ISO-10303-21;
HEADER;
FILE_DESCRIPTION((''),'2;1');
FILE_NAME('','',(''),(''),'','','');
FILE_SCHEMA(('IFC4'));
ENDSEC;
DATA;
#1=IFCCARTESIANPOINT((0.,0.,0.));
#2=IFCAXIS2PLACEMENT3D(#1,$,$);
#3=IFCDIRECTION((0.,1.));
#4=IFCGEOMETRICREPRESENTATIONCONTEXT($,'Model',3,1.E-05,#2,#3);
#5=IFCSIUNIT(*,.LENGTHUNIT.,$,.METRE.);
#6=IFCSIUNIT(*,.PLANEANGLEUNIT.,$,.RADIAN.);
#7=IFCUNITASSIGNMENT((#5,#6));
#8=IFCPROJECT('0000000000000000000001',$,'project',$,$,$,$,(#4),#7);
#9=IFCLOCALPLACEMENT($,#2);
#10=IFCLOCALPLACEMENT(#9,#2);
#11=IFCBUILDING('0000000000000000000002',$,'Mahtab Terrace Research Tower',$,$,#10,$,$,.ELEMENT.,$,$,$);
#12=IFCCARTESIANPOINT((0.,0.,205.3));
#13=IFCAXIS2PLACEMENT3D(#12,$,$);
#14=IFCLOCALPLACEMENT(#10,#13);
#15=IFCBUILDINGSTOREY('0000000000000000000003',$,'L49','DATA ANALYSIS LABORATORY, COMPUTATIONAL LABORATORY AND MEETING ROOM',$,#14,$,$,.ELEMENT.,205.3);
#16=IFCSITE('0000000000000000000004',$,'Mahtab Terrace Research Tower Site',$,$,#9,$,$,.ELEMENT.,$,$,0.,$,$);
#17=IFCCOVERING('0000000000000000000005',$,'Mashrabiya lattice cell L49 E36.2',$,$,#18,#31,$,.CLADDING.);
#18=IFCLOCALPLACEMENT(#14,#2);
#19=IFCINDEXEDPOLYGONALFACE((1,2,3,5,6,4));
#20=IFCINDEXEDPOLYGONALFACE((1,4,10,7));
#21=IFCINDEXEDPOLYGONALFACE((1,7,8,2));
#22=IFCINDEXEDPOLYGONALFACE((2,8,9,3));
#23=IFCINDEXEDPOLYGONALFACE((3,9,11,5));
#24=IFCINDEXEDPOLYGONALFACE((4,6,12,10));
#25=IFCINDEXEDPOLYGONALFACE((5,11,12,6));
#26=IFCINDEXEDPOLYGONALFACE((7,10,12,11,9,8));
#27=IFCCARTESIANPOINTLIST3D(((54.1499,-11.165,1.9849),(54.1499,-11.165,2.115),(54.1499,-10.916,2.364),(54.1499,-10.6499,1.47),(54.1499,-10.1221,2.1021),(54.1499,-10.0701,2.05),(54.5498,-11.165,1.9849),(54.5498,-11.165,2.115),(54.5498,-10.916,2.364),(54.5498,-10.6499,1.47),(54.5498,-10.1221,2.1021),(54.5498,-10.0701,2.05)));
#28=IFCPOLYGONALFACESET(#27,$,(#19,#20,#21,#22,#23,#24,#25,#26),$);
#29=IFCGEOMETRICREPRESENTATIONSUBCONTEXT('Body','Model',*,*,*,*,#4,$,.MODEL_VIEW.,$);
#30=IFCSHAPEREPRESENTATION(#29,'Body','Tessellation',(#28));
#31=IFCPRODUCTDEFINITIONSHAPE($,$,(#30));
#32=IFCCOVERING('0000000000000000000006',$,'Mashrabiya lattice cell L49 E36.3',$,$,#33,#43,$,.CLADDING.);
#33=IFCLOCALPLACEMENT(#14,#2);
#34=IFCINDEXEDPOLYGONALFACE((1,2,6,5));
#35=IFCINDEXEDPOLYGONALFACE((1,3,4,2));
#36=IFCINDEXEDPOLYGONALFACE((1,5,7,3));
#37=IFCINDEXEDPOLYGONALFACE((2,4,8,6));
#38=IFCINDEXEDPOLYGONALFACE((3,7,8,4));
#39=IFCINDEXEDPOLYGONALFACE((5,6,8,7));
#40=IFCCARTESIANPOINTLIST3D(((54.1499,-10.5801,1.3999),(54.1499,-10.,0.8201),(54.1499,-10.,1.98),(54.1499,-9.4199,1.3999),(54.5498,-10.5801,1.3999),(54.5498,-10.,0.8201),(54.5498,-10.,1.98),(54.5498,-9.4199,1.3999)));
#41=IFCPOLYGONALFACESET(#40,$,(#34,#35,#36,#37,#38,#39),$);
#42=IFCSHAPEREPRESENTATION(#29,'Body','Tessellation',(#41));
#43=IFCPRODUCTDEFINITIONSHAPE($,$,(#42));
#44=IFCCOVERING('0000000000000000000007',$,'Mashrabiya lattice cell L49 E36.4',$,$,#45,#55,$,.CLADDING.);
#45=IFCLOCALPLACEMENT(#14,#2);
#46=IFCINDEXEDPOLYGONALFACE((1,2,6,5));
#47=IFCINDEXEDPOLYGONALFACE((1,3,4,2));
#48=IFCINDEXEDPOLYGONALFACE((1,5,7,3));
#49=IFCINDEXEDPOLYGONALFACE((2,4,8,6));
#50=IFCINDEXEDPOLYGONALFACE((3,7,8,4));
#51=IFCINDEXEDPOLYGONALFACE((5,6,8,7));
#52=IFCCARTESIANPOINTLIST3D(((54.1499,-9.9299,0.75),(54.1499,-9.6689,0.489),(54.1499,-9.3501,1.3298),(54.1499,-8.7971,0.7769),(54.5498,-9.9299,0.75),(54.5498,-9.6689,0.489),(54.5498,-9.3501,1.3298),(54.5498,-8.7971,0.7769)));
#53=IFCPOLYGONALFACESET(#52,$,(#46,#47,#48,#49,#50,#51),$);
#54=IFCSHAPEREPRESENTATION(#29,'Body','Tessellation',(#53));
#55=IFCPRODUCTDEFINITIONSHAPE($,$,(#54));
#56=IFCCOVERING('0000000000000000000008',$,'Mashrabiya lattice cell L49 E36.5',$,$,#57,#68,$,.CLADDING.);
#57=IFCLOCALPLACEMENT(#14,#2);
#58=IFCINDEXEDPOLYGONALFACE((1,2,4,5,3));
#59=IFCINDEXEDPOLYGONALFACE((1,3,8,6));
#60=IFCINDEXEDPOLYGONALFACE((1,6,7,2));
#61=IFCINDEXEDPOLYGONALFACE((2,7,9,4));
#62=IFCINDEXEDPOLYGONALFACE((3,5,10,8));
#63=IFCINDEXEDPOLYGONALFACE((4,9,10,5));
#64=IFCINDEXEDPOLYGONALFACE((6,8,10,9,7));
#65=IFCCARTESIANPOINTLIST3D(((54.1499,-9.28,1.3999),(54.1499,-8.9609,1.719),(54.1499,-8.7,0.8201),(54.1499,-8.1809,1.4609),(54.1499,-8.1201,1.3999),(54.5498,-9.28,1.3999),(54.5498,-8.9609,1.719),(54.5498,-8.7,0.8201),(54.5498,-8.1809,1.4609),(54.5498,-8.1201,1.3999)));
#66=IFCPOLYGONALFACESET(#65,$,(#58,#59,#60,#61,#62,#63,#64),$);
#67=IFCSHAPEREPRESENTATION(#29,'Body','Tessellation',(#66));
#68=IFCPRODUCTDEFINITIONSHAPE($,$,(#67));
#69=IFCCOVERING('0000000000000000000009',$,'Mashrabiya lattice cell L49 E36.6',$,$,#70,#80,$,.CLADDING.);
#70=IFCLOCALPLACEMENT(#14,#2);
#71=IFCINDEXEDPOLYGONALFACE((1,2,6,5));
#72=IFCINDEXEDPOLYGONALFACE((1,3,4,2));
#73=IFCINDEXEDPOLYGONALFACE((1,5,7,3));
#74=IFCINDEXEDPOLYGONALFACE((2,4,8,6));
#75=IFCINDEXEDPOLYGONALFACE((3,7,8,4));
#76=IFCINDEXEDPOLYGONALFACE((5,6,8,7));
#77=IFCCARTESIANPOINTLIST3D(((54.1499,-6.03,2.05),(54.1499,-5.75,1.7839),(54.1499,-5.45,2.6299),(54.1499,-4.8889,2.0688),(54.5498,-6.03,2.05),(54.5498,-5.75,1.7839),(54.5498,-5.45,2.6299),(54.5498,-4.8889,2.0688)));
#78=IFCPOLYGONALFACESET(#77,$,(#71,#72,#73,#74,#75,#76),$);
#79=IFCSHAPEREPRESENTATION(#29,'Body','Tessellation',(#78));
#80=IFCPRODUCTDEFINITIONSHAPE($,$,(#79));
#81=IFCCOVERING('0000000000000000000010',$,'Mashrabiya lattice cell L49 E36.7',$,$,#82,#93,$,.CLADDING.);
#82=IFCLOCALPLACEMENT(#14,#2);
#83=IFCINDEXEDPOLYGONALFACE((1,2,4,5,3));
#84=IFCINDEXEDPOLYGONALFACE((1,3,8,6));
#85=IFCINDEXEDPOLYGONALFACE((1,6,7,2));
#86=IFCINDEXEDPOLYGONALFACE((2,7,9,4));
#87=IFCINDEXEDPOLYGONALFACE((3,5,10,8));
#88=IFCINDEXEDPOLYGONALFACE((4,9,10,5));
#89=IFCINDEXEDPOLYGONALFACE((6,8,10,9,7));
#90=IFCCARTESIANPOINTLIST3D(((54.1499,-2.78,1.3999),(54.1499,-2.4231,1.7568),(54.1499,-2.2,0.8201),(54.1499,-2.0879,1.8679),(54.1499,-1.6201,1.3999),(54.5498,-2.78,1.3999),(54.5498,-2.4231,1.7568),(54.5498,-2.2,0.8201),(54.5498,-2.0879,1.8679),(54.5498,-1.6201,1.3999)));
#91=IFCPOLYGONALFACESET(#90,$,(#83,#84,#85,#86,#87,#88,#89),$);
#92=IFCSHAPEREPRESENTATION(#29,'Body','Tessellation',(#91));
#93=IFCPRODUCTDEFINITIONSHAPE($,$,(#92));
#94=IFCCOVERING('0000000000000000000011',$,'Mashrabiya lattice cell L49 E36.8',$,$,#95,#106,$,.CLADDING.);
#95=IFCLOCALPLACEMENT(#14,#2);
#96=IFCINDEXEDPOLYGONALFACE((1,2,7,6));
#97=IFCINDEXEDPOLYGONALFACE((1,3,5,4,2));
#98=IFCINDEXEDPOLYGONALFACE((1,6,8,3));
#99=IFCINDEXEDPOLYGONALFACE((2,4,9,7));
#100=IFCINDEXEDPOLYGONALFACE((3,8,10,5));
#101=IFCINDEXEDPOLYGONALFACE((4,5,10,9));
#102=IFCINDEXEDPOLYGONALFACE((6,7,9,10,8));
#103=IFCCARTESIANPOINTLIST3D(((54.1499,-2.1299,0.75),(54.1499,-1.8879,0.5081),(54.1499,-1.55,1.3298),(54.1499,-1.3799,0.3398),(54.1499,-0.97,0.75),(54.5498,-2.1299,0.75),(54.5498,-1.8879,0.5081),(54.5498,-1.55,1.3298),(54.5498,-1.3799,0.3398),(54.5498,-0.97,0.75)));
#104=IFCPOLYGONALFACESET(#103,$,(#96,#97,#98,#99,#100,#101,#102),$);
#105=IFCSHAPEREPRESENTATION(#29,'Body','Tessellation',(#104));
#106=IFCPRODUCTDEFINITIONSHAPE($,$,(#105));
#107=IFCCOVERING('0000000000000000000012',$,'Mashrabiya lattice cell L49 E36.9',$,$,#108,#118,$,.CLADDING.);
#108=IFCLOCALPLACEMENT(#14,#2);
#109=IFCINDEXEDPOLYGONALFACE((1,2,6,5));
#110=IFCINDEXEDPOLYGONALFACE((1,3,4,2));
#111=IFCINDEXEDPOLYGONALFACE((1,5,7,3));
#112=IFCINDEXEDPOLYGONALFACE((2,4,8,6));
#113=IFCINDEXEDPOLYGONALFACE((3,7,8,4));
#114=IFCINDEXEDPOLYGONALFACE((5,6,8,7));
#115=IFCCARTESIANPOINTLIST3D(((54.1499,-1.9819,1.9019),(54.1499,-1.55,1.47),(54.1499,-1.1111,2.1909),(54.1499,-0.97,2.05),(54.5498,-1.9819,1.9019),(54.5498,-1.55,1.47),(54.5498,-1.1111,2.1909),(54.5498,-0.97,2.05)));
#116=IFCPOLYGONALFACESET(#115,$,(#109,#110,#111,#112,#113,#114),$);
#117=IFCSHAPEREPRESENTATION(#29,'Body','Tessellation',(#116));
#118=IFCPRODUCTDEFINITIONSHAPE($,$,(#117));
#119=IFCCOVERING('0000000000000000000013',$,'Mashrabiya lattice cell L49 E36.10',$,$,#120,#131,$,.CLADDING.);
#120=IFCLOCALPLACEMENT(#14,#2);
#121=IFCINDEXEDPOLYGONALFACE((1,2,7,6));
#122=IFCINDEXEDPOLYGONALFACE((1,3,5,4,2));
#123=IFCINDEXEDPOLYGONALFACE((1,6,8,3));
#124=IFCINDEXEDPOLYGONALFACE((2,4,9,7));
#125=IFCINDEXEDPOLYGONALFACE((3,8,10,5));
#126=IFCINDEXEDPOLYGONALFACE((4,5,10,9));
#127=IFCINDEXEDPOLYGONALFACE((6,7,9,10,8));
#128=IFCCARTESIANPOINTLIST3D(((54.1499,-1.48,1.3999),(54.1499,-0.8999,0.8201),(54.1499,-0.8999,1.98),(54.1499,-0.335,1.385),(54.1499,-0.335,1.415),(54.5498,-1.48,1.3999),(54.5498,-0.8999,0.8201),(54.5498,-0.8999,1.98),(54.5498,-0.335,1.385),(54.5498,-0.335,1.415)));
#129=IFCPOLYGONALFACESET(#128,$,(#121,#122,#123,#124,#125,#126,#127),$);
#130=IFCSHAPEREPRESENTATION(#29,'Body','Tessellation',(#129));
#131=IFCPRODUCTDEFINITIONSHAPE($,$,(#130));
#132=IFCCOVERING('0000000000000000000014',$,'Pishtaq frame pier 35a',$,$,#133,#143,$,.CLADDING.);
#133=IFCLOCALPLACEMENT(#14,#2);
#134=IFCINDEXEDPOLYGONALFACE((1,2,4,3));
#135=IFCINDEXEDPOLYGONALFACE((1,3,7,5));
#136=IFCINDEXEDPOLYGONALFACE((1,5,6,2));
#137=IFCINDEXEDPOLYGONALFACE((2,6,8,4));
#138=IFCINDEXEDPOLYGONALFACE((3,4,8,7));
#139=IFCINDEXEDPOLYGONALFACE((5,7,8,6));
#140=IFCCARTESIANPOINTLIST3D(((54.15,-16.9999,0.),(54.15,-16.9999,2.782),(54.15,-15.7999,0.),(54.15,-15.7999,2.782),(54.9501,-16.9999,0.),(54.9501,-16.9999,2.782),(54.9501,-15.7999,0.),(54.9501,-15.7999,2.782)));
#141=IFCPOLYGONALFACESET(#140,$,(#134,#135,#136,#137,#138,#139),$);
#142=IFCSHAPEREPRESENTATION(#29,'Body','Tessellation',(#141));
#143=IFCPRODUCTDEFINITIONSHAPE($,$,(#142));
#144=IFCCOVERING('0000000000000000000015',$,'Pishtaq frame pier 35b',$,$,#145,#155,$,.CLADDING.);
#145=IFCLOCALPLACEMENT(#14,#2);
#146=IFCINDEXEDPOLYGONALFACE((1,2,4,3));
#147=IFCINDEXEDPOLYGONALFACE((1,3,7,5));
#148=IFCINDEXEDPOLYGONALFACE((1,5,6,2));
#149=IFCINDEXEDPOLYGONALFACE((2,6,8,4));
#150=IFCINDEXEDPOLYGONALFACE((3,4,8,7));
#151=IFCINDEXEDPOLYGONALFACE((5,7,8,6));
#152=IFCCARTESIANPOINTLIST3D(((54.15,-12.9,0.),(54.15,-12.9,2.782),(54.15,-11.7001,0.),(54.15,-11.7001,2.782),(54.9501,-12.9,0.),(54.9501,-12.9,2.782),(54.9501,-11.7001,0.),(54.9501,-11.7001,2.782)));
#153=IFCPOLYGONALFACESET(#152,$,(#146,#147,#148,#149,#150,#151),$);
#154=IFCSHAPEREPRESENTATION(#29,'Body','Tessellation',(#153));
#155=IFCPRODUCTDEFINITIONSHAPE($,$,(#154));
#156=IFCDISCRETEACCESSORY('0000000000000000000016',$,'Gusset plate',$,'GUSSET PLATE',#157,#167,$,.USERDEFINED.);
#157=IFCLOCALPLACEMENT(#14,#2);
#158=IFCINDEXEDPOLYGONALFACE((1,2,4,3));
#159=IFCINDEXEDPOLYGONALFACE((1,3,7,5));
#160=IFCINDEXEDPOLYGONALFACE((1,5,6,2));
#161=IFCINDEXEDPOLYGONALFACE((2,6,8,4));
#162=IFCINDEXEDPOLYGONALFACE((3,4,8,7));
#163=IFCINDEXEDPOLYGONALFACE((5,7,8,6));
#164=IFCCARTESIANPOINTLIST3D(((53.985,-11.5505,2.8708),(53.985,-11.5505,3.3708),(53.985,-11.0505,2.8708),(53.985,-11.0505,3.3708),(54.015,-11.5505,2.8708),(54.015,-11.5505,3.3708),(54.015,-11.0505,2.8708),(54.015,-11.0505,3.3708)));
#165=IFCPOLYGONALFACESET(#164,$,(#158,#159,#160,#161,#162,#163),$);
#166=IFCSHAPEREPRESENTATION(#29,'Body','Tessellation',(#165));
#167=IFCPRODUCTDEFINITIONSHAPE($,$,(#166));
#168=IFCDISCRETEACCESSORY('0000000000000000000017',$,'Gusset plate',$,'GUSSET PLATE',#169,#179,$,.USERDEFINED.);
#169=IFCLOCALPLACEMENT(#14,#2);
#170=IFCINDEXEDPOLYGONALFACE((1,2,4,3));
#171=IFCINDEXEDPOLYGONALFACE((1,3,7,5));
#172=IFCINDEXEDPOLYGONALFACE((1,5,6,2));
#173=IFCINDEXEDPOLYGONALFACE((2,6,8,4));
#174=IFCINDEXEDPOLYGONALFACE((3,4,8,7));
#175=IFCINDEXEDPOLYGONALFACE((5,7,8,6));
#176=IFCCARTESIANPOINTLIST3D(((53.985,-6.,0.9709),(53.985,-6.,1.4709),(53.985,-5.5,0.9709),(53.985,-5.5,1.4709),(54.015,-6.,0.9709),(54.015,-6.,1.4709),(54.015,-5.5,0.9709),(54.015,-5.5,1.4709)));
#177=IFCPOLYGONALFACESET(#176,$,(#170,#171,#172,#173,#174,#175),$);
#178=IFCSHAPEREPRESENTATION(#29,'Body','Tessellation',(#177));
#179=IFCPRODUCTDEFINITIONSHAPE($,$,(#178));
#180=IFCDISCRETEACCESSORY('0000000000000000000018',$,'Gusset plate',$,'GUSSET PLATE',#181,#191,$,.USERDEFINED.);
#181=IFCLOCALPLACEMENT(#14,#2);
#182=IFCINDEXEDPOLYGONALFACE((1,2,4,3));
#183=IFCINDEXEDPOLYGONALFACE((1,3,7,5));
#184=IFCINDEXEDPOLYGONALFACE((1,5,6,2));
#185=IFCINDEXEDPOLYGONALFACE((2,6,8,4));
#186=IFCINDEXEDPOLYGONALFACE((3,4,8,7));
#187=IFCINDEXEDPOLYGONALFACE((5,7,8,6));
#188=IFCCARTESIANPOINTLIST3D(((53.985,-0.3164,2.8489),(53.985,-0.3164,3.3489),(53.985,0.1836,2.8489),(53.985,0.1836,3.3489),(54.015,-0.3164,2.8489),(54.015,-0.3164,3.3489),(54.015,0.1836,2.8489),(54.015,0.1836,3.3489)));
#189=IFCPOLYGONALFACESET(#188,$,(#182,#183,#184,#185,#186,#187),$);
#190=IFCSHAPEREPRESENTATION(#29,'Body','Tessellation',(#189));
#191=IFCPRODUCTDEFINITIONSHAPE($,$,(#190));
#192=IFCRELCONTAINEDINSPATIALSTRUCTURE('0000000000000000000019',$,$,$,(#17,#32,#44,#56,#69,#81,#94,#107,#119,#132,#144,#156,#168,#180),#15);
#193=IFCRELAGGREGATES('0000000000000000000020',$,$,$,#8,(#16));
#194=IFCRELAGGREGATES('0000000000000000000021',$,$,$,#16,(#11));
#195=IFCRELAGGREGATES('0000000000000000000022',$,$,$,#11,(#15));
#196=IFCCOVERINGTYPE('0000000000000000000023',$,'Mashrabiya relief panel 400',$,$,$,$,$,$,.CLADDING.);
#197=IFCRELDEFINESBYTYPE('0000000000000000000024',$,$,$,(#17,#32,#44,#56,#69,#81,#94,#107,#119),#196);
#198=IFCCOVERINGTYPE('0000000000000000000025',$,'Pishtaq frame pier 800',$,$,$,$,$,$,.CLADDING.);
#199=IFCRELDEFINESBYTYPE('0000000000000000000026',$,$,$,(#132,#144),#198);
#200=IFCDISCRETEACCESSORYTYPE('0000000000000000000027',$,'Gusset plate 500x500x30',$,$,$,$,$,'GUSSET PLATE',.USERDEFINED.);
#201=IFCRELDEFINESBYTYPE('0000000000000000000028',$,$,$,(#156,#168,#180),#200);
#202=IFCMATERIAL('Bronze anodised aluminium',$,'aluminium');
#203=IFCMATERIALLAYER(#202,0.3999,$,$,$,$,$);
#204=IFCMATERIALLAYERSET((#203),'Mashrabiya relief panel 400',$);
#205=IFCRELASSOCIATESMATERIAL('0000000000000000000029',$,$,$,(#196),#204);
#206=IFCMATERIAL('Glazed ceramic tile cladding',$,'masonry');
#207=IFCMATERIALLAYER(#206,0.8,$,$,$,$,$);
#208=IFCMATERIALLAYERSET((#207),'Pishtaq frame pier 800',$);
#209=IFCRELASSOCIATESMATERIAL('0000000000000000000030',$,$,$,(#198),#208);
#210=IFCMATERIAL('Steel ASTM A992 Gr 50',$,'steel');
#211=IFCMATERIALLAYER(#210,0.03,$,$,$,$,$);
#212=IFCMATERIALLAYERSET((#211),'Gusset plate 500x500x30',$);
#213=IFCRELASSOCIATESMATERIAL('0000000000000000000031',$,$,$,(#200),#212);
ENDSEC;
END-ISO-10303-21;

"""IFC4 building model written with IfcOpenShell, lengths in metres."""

from ifc_helpers import new_model, si_unit, direction, frame, origin, origin_2d, place, context, subcontext, project, spatial, polyline, rectangle, outline, extrude, material, layer, layer_set, type_object, element, save


model = new_model("IFC4")

# Units and contexts
model_context = context("Model", 3, precision=1e-05, world=origin(), true_north=direction((0.0, 1.0)))
body_context = subcontext(model_context, "Body", "Model", "MODEL_VIEW")
ifc_project = project(units=[si_unit("LENGTHUNIT", "METRE"), si_unit("PLANEANGLEUNIT", "RADIAN")], contexts=[model_context])

# Site, building, storey
site_placement = place(None, origin())
site = spatial("IfcSite", under=ifc_project, at=site_placement, Name="Mahtab Terrace Research Tower Site", CompositionType="ELEMENT", RefElevation=0.0)
building_placement = place(site_placement, origin())
building = spatial("IfcBuilding", under=site, at=building_placement, Name="Mahtab Terrace Research Tower", CompositionType="ELEMENT")
storey_placement = place(building_placement, frame((0.0, 0.0, 205.3)))
storey = spatial("IfcBuildingStorey", under=building, at=storey_placement, Name="L49", Description="DATA ANALYSIS LABORATORY, COMPUTATIONAL LABORATORY AND MEETING ROOM", CompositionType="ELEMENT", Elevation=205.3)

# Shared definitions
ifc_material_1 = material(Name="Steel ASTM A992 Gr 50", Category="steel")

# Coverings
ifc_material_2 = material(Name="Bronze anodised aluminium", Category="aluminium")
ifc_layer_1 = layer(ifc_material_2, 0.3999)
ifc_layer_set_1 = layer_set([ifc_layer_1], Name="Mashrabiya relief panel 400")
covering_type_1 = type_object("IfcCoveringType", Name="Mashrabiya relief panel 400", PredefinedType="CLADDING", material=ifc_layer_set_1)
covering_1_placement = place(storey_placement, frame((54.1499, -10.0701, 2.05), z_axis=(-1.0, 0.0, 0.0), x_axis=(0.0, -0.706958, -0.707256)))
element("IfcCovering", 1, at=covering_1_placement, inside=storey, type_object=covering_type_1, Name="Mashrabiya lattice cell L49 E36.2", PredefinedType="CLADDING", context=body_context, shape_type="SweptSolid", body=[
    extrude(outline(polyline([(0.0, 0.0), (0.8202, 0.0), (0.8202, 0.7283), (0.7282, 0.8203), (0.376, 0.8203), (0.0, 0.0735), (0.0, 0.0)])), origin(), (0.0, 0.0, -1.0), 0.3999),
])
covering_2_placement = place(storey_placement, frame((54.1499, -10.0, 1.98), z_axis=(-1.0, 0.0, 0.0), x_axis=(0.0, 0.707107, -0.707107)))
element("IfcCovering", 2, at=covering_2_placement, inside=storey, type_object=covering_type_1, Name="Mashrabiya lattice cell L49 E36.3", PredefinedType="CLADDING", context=body_context, shape_type="SweptSolid", body=[
    extrude(outline(polyline([(0.0, 0.0), (0.8204, 0.0), (0.8202, 0.8202), (0.0, 0.8204), (0.0, 0.0)])), origin(), (0.0, 0.0, -1.0), 0.3999),
])
covering_3_placement = place(storey_placement, frame((54.1499, -9.9299, 0.75), z_axis=(-1.0, 0.0, 0.0), x_axis=(0.0, 0.707107, 0.707107)))
element("IfcCovering", 3, at=covering_3_placement, inside=storey, type_object=covering_type_1, Name="Mashrabiya lattice cell L49 E36.4", PredefinedType="CLADDING", context=body_context, shape_type="SweptSolid", body=[
    extrude(outline(polyline([(0.0, 0.0), (0.82, 0.0), (0.82, 0.782), (0.0, 0.3691), (0.0, 0.0)])), origin(), (0.0, 0.0, -1.0), 0.3999),
])
covering_4_placement = place(storey_placement, frame((54.1499, -8.1201, 1.3999), z_axis=(-1.0, 0.0, 0.0), x_axis=(0.0, -0.707107, -0.707107)))
element("IfcCovering", 4, at=covering_4_placement, inside=storey, type_object=covering_type_1, Name="Mashrabiya lattice cell L49 E36.5", PredefinedType="CLADDING", context=body_context, shape_type="SweptSolid", body=[
    extrude(outline(polyline([(0.0, 0.0), (0.82, 0.0), (0.8202, 0.8202), (0.3689, 0.8202), (-0.0002, 0.0861), (0.0, 0.0)])), origin(), (0.0, 0.0, -1.0), 0.3999),
])
covering_5_placement = place(storey_placement, frame((54.1499, -6.03, 2.05), z_axis=(-1.0, 0.0, 0.0), x_axis=(0.0, 0.707256, 0.706958)))
element("IfcCovering", 5, at=covering_5_placement, inside=storey, type_object=covering_type_1, Name="Mashrabiya lattice cell L49 E36.6", PredefinedType="CLADDING", context=body_context, shape_type="SweptSolid", body=[
    extrude(outline(polyline([(0.0, 0.0), (0.8202, 0.0), (0.8203, 0.7934), (0.0099, 0.3862), (0.0, 0.0)])), origin(), (0.0, 0.0, -1.0), 0.3999),
])
covering_6_placement = place(storey_placement, frame((54.1499, -1.6201, 1.3999), z_axis=(-1.0, 0.0, 0.0), x_axis=(0.0, -0.707107, -0.707107)))
element("IfcCovering", 6, at=covering_6_placement, inside=storey, type_object=covering_type_1, Name="Mashrabiya lattice cell L49 E36.7", PredefinedType="CLADDING", context=body_context, shape_type="SweptSolid", body=[
    extrude(outline(polyline([(0.0, 0.0), (0.82, 0.0), (0.8202, 0.8202), (0.3154, 0.8202), (-0.0002, 0.6617), (0.0, 0.0)])), origin(), (0.0, 0.0, -1.0), 0.3999),
])
covering_7_placement = place(storey_placement, frame((54.1499, -2.1299, 0.75), z_axis=(-1.0, 0.0, 0.0), x_axis=(0.0, 0.707107, 0.707107)))
element("IfcCovering", 7, at=covering_7_placement, inside=storey, type_object=covering_type_1, Name="Mashrabiya lattice cell L49 E36.8", PredefinedType="CLADDING", context=body_context, shape_type="SweptSolid", body=[
    extrude(outline(polyline([(0.0, 0.0), (0.82, 0.0), (0.8202, 0.8202), (0.2403, 0.8204), (0.0, 0.3422), (0.0, 0.0)])), origin(), (0.0, 0.0, -1.0), 0.3999),
])
covering_8_placement = place(storey_placement, frame((54.1499, -0.97, 2.05), z_axis=(-1.0, 0.0, 0.0), x_axis=(0.0, -0.707107, -0.707107)))
element("IfcCovering", 8, at=covering_8_placement, inside=storey, type_object=covering_type_1, Name="Mashrabiya lattice cell L49 E36.9", PredefinedType="CLADDING", context=body_context, shape_type="SweptSolid", body=[
    extrude(outline(polyline([(0.0, 0.0), (0.8204, 0.0), (0.8204, 0.6108), (0.0002, 0.1994), (0.0, 0.0)])), origin(), (0.0, 0.0, -1.0), 0.3999),
])
covering_9_placement = place(storey_placement, frame((54.1499, -0.8999, 0.8201), z_axis=(-1.0, 0.0, 0.0), x_axis=(0.0, -0.707256, 0.706958)))
element("IfcCovering", 9, at=covering_9_placement, inside=storey, type_object=covering_type_1, Name="Mashrabiya lattice cell L49 E36.10", PredefinedType="CLADDING", context=body_context, shape_type="SweptSolid", body=[
    extrude(outline(polyline([(0.0, 0.0), (0.8202, 0.0), (0.82, 0.8204), (0.0211, 0.8202), (-0.0002, 0.7989), (0.0, 0.0)])), origin(), (0.0, 0.0, -1.0), 0.3999),
])
ifc_material_3 = material(Name="Glazed ceramic tile cladding", Category="masonry")
ifc_layer_2 = layer(ifc_material_3, 0.8)
ifc_layer_set_2 = layer_set([ifc_layer_2], Name="Pishtaq frame pier 800")
covering_type_2 = type_object("IfcCoveringType", Name="Pishtaq frame pier 800", PredefinedType="CLADDING", material=ifc_layer_set_2)
for number, where, z_axis, x_axis, name in (
    (10, (54.55, -16.3999, 0.0), (0.0, 0.0, 1.0), (0.0, 1.0, 0.0), "Pishtaq frame pier 35a"),
    (11, (54.55, -12.3, 0.0), (0.0, 0.0, 1.0), (0.0, 1.0, 0.0), "Pishtaq frame pier 35b"),
):
    element("IfcCovering", number, at=place(storey_placement, frame(where, z_axis=z_axis, x_axis=x_axis)), inside=storey, type_object=covering_type_2, Name=name, PredefinedType="CLADDING", context=body_context, shape_type="SweptSolid", body=[
        extrude(rectangle(XDim=1.2, YDim=0.8, at=origin_2d()), origin(), (0.0, 0.0, 1.0), 2.782),
    ])

# Discrete accessories
ifc_layer_3 = layer(ifc_material_1, 0.03)
ifc_layer_set_3 = layer_set([ifc_layer_3], Name="Gusset plate 500x500x30")
discrete_accessory_type = type_object("IfcDiscreteAccessoryType", Name="Gusset plate 500x500x30", ElementType="GUSSET PLATE", PredefinedType="USERDEFINED", material=ifc_layer_set_3)
for number, where, z_axis, x_axis, name in (
    (12, (54.0, -11.3005, 2.8708), (0.0, 0.0, 1.0), (0.0, 1.0, 0.0), "Gusset plate"),
    (13, (54.0, -5.75, 0.9709), (0.0, 0.0, 1.0), (0.0, 1.0, 0.0), "Gusset plate"),
    (14, (54.0, -0.0664, 2.8489), (0.0, 0.0, 1.0), (0.0, 1.0, 0.0), "Gusset plate"),
):
    element("IfcDiscreteAccessory", number, at=place(storey_placement, frame(where, z_axis=z_axis, x_axis=x_axis)), inside=storey, type_object=discrete_accessory_type, Name=name, ObjectType="GUSSET PLATE", PredefinedType="USERDEFINED", context=body_context, shape_type="SweptSolid", body=[
        extrude(rectangle(XDim=0.5, YDim=0.03, at=origin_2d()), origin(), (0.0, 0.0, 1.0), 0.5),
    ])

save(model, "model.ifc")
